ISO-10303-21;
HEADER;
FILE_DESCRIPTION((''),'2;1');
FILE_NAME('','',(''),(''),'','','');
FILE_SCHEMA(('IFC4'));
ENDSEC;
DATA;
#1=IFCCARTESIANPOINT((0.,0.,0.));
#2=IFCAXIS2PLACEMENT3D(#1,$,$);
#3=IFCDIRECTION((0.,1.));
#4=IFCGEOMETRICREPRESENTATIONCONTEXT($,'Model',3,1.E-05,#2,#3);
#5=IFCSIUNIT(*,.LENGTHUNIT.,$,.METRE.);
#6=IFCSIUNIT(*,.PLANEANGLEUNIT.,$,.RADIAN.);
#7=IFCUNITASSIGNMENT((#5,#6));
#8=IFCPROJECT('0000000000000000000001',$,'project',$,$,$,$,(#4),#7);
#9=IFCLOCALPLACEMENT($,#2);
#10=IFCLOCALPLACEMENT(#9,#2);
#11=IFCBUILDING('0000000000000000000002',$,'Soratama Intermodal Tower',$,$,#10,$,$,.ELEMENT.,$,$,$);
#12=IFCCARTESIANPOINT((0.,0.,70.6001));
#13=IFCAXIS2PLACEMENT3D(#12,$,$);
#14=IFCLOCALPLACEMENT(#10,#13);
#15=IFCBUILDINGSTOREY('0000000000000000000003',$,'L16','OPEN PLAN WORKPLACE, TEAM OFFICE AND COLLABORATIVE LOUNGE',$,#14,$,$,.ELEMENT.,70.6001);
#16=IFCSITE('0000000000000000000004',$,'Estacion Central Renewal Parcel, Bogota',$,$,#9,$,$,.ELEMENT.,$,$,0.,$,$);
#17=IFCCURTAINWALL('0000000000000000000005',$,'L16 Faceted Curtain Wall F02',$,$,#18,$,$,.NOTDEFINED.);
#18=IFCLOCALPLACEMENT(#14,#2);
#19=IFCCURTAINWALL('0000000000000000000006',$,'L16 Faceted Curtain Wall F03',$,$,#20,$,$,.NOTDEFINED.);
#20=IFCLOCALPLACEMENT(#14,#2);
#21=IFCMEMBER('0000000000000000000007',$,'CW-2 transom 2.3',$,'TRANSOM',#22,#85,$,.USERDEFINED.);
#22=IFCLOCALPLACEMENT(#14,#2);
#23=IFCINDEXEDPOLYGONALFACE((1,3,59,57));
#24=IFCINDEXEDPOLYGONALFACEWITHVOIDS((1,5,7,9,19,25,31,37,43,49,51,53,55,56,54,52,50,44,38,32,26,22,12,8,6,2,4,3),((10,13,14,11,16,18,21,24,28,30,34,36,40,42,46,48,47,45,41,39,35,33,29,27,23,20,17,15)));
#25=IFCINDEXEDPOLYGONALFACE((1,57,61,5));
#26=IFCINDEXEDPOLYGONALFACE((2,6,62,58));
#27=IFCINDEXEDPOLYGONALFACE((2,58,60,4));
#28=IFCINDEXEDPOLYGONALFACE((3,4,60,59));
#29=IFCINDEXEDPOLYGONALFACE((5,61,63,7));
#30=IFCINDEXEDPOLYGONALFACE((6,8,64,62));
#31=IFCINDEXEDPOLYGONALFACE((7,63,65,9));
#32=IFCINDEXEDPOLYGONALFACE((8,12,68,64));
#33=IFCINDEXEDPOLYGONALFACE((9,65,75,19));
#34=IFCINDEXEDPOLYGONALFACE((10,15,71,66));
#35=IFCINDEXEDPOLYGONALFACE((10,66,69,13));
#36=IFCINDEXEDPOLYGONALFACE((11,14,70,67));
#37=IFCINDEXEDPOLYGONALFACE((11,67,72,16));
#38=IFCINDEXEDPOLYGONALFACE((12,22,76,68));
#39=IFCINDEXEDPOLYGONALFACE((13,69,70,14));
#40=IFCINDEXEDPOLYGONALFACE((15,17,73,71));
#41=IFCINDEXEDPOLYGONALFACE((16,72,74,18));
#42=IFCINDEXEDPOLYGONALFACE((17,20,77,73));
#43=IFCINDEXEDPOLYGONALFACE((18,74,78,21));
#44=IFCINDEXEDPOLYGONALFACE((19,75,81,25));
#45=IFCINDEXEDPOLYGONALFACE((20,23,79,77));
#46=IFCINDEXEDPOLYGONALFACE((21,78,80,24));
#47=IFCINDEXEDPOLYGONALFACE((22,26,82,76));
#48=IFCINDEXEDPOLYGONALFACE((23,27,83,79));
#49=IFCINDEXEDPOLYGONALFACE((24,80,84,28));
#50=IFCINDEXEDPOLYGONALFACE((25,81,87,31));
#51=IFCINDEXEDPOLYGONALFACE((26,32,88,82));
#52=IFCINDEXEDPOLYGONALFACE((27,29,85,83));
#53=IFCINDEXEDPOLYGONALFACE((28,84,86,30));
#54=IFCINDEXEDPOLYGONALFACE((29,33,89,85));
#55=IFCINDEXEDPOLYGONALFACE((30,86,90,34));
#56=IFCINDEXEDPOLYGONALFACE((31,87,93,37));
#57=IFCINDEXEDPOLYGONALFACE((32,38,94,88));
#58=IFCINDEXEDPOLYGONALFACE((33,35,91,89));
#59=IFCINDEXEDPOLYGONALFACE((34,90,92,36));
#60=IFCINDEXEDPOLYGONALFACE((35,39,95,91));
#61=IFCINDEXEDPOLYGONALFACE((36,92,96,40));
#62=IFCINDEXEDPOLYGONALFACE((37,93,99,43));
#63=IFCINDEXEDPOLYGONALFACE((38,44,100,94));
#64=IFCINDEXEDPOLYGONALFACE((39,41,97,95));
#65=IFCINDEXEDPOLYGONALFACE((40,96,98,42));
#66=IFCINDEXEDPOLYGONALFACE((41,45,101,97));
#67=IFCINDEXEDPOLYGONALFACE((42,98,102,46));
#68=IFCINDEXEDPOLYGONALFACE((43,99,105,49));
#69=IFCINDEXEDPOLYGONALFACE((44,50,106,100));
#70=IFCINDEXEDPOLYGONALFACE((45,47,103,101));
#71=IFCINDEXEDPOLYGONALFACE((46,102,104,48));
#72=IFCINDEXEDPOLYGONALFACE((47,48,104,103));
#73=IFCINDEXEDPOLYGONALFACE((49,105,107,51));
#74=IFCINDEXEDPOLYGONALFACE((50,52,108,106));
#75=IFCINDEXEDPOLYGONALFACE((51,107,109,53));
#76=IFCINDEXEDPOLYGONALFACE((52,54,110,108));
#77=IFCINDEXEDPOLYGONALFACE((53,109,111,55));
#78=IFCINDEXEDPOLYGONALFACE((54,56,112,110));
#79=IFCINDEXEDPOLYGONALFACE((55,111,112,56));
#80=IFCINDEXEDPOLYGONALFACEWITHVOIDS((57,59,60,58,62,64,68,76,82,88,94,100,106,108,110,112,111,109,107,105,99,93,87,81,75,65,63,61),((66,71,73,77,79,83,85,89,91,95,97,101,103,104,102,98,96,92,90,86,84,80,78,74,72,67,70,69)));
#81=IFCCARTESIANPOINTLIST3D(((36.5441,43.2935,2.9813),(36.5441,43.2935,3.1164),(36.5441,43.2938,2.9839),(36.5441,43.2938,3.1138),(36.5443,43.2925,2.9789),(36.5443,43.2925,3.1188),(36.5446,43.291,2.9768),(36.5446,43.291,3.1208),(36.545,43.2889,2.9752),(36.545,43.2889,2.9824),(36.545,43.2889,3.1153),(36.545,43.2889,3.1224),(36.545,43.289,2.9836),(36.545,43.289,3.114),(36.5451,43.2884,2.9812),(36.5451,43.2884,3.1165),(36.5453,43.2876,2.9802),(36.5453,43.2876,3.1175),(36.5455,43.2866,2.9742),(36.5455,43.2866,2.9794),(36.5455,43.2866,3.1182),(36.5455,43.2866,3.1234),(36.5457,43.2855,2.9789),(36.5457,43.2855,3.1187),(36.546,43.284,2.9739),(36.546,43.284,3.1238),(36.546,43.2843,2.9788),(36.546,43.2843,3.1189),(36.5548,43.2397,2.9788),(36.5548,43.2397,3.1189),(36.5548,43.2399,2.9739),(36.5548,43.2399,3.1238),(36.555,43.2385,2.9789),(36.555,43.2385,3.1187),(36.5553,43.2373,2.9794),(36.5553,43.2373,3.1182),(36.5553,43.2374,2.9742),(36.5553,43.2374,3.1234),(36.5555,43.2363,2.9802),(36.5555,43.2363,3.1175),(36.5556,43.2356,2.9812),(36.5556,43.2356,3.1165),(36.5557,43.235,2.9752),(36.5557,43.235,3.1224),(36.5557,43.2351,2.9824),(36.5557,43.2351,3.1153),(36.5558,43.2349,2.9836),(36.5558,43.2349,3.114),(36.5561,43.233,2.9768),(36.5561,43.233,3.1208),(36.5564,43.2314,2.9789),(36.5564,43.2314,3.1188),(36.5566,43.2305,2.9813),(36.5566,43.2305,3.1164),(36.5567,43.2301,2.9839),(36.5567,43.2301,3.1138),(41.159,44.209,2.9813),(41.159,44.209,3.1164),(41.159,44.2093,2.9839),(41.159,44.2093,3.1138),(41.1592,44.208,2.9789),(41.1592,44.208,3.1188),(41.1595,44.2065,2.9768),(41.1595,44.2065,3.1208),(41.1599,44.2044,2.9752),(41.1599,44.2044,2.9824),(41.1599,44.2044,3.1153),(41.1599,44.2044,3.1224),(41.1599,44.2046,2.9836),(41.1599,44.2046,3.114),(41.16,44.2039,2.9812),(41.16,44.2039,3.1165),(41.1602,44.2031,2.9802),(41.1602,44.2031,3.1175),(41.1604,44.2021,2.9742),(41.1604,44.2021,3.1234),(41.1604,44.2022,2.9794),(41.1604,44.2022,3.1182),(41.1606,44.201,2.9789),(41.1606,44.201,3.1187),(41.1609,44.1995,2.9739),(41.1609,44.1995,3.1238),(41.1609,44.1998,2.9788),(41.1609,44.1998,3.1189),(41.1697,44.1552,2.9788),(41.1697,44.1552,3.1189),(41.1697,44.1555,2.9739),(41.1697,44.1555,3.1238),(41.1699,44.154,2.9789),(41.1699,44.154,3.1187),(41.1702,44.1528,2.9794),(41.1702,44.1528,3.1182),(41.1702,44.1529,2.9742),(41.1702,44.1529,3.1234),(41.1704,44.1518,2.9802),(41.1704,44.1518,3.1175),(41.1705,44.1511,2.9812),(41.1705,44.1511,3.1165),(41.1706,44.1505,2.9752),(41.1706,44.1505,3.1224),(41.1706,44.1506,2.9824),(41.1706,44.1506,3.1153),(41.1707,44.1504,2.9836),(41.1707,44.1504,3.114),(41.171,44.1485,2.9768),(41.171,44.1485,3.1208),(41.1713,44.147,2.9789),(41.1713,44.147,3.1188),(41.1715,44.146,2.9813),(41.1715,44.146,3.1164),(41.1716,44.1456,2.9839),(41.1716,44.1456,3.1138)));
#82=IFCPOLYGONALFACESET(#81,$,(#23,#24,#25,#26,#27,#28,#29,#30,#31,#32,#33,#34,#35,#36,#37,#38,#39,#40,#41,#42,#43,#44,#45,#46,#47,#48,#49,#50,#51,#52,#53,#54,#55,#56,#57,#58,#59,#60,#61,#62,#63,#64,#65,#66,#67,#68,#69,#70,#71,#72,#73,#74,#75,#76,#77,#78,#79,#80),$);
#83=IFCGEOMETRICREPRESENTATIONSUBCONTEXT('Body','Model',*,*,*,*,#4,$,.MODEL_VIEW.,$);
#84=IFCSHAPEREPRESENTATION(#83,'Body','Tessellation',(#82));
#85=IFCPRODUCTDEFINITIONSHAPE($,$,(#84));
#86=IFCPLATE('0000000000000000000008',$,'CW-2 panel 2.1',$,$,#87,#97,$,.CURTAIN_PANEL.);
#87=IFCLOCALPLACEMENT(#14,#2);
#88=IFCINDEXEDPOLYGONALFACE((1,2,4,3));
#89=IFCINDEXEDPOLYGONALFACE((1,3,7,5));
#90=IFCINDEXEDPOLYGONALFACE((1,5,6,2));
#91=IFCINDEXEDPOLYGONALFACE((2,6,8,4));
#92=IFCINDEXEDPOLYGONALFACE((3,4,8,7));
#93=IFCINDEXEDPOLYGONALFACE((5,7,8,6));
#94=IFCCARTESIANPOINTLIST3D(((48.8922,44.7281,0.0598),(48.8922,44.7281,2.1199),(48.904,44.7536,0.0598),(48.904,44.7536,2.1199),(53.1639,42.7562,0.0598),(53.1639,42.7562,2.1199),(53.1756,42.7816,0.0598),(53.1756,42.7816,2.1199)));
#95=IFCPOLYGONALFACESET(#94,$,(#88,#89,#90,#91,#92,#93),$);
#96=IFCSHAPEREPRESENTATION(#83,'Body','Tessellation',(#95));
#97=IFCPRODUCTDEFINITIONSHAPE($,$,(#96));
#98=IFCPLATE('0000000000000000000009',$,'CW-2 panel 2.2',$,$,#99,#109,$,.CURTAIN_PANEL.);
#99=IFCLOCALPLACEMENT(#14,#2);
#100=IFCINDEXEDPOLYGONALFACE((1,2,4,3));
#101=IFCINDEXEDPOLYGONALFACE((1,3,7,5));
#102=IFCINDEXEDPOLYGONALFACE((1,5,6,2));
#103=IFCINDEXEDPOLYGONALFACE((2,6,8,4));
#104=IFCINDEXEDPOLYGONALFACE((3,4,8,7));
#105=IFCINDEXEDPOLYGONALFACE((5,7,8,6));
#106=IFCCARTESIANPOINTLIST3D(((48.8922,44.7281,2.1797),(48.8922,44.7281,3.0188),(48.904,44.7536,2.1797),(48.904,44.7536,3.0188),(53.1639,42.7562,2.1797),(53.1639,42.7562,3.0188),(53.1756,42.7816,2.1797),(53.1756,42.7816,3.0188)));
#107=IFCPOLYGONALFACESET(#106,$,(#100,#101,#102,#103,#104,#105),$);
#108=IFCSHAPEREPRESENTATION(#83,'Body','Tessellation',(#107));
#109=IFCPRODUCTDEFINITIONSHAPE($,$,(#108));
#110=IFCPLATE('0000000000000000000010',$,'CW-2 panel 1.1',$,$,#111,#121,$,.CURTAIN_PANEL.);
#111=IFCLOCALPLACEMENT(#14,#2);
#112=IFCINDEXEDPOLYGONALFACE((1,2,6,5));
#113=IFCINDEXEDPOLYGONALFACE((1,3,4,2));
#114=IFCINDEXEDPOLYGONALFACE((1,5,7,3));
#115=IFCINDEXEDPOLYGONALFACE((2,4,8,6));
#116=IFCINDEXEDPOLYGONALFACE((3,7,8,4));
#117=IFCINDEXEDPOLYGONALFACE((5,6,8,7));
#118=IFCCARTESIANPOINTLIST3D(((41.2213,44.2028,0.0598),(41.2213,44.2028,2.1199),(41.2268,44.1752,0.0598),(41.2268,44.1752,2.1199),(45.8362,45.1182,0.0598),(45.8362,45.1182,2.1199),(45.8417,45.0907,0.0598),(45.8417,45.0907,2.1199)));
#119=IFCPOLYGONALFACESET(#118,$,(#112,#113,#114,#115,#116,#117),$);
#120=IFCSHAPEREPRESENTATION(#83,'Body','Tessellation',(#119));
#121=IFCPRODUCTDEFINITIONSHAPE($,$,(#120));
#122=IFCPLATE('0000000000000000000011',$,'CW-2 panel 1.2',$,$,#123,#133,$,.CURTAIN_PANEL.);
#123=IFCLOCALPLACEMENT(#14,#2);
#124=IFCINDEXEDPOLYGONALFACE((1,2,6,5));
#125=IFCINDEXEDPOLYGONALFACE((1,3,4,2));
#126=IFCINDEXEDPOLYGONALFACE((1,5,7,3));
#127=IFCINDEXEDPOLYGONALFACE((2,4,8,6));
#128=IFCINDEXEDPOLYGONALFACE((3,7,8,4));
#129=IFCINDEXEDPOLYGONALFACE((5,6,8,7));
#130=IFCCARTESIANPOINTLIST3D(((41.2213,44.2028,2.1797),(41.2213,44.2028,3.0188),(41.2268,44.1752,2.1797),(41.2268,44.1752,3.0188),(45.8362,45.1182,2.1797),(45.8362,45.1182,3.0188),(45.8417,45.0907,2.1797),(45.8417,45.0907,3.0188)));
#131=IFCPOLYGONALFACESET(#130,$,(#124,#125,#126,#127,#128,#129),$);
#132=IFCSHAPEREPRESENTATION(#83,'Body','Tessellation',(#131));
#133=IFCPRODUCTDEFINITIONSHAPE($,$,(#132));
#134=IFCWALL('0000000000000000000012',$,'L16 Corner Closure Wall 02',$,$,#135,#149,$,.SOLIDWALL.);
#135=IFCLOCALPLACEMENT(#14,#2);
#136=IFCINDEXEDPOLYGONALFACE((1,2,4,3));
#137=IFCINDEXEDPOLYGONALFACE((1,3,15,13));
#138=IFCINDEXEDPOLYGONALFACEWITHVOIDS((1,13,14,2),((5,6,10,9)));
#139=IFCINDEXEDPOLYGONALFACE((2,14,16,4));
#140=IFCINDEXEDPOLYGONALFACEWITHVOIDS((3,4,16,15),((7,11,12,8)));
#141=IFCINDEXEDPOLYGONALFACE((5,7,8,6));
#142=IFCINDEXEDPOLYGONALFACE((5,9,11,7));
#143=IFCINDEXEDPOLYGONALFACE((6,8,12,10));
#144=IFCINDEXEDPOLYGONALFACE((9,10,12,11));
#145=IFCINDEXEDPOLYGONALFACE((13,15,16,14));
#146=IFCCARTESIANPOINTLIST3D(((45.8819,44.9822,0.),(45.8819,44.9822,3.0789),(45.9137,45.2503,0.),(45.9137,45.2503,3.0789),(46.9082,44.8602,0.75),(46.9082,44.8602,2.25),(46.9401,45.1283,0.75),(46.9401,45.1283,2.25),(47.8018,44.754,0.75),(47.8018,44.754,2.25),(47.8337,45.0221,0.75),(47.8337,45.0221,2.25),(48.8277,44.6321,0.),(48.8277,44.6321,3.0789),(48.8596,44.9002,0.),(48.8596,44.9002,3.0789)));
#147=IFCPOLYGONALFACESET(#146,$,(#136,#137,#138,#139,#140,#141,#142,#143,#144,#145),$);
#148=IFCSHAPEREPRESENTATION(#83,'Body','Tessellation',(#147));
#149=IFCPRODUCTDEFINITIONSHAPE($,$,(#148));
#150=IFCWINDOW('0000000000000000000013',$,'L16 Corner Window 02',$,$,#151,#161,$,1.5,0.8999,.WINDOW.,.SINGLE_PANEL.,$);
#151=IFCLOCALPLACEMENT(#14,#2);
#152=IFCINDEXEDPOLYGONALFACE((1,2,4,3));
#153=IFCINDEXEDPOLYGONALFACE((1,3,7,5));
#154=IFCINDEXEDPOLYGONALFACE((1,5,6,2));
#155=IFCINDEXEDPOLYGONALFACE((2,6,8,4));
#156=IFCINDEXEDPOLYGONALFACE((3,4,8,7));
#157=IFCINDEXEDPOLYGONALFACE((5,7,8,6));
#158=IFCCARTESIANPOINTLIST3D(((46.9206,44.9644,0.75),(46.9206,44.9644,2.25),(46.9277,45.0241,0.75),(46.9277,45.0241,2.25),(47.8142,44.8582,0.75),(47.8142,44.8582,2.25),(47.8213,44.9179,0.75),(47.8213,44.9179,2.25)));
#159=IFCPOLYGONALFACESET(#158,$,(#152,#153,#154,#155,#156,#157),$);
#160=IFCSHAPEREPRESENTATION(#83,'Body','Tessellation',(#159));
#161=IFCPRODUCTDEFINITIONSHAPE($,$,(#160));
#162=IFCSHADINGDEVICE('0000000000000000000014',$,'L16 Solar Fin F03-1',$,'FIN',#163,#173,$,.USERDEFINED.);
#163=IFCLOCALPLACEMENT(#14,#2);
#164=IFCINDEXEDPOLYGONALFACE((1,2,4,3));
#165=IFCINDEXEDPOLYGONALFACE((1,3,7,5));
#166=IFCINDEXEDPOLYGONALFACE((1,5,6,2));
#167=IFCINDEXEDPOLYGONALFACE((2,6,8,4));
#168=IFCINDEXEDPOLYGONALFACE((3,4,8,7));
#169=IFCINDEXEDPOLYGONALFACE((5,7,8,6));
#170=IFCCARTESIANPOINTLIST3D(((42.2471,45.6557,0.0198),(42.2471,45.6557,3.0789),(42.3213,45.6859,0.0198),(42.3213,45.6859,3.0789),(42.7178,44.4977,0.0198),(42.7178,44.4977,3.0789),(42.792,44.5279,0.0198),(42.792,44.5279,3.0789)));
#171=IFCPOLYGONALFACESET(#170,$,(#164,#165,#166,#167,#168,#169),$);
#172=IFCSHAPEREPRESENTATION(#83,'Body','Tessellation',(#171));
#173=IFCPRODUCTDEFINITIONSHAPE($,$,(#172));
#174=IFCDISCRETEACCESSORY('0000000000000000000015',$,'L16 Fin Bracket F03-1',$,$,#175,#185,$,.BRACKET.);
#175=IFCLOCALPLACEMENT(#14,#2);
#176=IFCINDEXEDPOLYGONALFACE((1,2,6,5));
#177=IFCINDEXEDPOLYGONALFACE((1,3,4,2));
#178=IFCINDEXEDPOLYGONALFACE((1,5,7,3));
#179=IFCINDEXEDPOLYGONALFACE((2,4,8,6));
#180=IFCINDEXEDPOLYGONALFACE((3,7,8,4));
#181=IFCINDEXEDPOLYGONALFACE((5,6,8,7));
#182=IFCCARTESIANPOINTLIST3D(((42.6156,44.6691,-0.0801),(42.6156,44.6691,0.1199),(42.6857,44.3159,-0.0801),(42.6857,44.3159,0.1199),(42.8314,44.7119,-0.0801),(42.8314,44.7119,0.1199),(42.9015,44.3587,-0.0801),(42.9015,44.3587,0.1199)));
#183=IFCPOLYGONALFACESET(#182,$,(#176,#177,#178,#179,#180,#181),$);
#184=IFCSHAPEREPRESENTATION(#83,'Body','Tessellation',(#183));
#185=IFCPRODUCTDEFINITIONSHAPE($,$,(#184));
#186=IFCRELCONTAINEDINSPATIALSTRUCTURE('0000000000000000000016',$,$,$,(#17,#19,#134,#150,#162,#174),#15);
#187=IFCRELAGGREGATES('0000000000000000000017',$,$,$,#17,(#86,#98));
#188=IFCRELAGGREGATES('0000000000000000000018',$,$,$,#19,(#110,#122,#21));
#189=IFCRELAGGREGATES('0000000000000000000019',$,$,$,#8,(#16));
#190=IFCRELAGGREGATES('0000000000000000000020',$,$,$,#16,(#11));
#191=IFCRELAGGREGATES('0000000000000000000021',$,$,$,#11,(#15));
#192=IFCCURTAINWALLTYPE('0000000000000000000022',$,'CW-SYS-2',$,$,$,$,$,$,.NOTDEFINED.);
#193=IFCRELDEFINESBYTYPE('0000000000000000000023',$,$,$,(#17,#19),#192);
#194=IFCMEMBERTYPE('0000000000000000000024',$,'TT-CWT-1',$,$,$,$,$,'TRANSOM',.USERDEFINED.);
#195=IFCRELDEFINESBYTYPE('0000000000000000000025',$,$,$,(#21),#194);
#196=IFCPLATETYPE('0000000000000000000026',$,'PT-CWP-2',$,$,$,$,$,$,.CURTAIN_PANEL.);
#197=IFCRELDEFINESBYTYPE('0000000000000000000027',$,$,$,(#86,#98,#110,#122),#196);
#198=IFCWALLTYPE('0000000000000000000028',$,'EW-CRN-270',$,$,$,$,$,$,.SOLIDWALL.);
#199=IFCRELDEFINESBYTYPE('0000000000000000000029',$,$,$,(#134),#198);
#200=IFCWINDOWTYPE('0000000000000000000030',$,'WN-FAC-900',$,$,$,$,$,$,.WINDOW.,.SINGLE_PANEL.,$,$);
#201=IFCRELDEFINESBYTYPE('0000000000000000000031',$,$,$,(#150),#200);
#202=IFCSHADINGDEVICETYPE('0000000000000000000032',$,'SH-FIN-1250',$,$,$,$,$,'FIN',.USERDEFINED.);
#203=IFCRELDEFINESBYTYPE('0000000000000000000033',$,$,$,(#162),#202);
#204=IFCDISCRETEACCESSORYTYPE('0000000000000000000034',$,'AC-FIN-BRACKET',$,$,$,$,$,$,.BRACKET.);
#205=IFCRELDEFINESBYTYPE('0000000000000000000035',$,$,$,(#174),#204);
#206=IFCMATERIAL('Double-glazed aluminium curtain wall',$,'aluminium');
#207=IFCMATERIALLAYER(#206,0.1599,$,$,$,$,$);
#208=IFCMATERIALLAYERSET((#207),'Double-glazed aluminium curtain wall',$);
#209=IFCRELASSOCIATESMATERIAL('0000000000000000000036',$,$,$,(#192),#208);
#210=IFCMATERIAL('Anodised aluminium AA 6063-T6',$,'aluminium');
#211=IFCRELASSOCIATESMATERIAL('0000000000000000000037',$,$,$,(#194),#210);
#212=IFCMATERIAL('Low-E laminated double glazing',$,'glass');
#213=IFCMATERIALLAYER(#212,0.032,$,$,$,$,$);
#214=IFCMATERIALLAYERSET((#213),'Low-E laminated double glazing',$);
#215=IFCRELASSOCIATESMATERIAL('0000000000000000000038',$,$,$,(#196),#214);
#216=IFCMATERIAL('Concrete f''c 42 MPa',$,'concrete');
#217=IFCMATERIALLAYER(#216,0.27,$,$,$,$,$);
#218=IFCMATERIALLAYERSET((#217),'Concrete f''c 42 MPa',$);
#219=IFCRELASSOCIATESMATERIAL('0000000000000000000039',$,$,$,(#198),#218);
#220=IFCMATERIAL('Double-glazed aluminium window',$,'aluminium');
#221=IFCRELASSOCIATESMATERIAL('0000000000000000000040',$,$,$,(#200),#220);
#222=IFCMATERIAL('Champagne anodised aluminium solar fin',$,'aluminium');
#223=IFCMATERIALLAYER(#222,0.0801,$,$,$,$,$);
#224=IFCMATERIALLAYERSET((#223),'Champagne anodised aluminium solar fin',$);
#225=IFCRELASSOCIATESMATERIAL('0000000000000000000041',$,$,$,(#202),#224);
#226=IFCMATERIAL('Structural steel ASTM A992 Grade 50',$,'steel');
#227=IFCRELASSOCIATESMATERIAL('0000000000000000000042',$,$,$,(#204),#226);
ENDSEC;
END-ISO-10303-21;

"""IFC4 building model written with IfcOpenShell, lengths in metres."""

from ifc_helpers import new_model, si_unit, direction, frame, frame_2d, origin, origin_2d, place, context, subcontext, project, spatial, rectangle, hollow_rectangle, extrude, material, layer, layer_set, material_profile, profile_set, type_object, element, fill, aggregate, save


model = new_model("IFC4")

# Units and contexts
model_context = context("Model", 3, precision=1e-05, world=origin(), true_north=direction((0.0, 1.0)))
body_context = subcontext(model_context, "Body", "Model", "MODEL_VIEW")
ifc_project = project(units=[si_unit("LENGTHUNIT", "METRE"), si_unit("PLANEANGLEUNIT", "RADIAN")], contexts=[model_context])

# Site, building, storey
site_placement = place(None, origin())
site = spatial("IfcSite", under=ifc_project, at=site_placement, Name="Estacion Central Renewal Parcel, Bogota", CompositionType="ELEMENT", RefElevation=0.0)
building_placement = place(site_placement, origin())
building = spatial("IfcBuilding", under=site, at=building_placement, Name="Soratama Intermodal Tower", CompositionType="ELEMENT")
storey_placement = place(building_placement, frame((0.0, 0.0, 70.6001)))
storey = spatial("IfcBuildingStorey", under=building, at=storey_placement, Name="L16", Description="OPEN PLAN WORKPLACE, TEAM OFFICE AND COLLABORATIVE LOUNGE", CompositionType="ELEMENT", Elevation=70.6001)

# Curtain wall
ifc_material_1 = material(Name="Double-glazed aluminium curtain wall", Category="aluminium")
ifc_layer_1 = layer(ifc_material_1, 0.1599)
ifc_layer_set_1 = layer_set([ifc_layer_1], Name="Double-glazed aluminium curtain wall")
curtain_wall_type = type_object("IfcCurtainWallType", Name="CW-SYS-2", PredefinedType="NOTDEFINED", material=ifc_layer_set_1)
curtain_wall_1_placement = place(storey_placement, origin())
curtain_wall_1 = element("IfcCurtainWall", 1, at=curtain_wall_1_placement, inside=storey, type_object=curtain_wall_type, Name="L16 Faceted Curtain Wall F02", PredefinedType="NOTDEFINED")

# Curtain wall, member
curtain_wall_2_placement = place(storey_placement, origin())
curtain_wall_2 = element("IfcCurtainWall", 2, at=curtain_wall_2_placement, inside=storey, type_object=curtain_wall_type, Name="L16 Faceted Curtain Wall F03", PredefinedType="NOTDEFINED")
ifc_material_2 = material(Name="Anodised aluminium AA 6063-T6", Category="aluminium")
ifc_material_profile_1 = material_profile(ifc_material_2, hollow_rectangle(XDim=0.0649, YDim=0.1499, WallThickness=0.0049, InnerFilletRadius=0.0049, OuterFilletRadius=0.01, at=origin_2d()), Name="CWT150X65X5")
ifc_profile_set_1 = profile_set([ifc_material_profile_1], Name="Anodised aluminium AA 6063-T6")
member_type_1 = type_object("IfcMemberType", Name="TT-CWT-1", ElementType="TRANSOM", PredefinedType="USERDEFINED", material=ifc_profile_set_1)
member_1_placement = place(storey_placement, frame((41.1653, 44.1775, 3.0488), z_axis=(-0.980885, -0.194589, 0.0), x_axis=(0.194589, -0.980885, 0.0)))
member_1 = element("IfcMember", 3, at=member_1_placement, type_object=member_type_1, Name="CW-2 transom 2.3", ObjectType="TRANSOM", PredefinedType="USERDEFINED", context=body_context, shape_type="SweptSolid", body=[
    extrude(hollow_rectangle(XDim=0.0649, YDim=0.1499, WallThickness=0.0049, InnerFilletRadius=0.0049, OuterFilletRadius=0.01, at=origin_2d()), origin(), (0.0, 0.0, 1.0), 4.7048),
])

# Plates
ifc_material_3 = material(Name="Low-E laminated double glazing", Category="glass")
ifc_layer_2 = layer(ifc_material_3, 0.032)
ifc_layer_set_2 = layer_set([ifc_layer_2], Name="Low-E laminated double glazing")
plate_type = type_object("IfcPlateType", Name="PT-CWP-2", PredefinedType="CURTAIN_PANEL", material=ifc_layer_set_2)
plate_1_placement = place(storey_placement, frame((51.0339, 43.7549, 0.0598), z_axis=(0.0, 0.0, 1.0), x_axis=(-0.907923, 0.419138, 0.0)))
plate_1 = element("IfcPlate", 4, at=plate_1_placement, type_object=plate_type, Name="CW-2 panel 2.1", PredefinedType="CURTAIN_PANEL", context=body_context, shape_type="SweptSolid", body=[
    extrude(rectangle(XDim=4.7048, YDim=0.0281, at=origin_2d()), origin(), (0.0, 0.0, 1.0), 2.0601),
])
plate_2_placement = place(storey_placement, frame((51.0339, 43.7549, 2.1797), z_axis=(0.0, 0.0, 1.0), x_axis=(-0.907923, 0.419138, 0.0)))
plate_2 = element("IfcPlate", 5, at=plate_2_placement, type_object=plate_type, Name="CW-2 panel 2.2", PredefinedType="CURTAIN_PANEL", context=body_context, shape_type="SweptSolid", body=[
    extrude(rectangle(XDim=4.7048, YDim=0.0281, at=origin_2d()), origin(), (0.0, 0.0, 1.0), 0.8391),
])
aggregate(curtain_wall_1, [plate_1, plate_2])
plate_3_placement = place(storey_placement, frame((43.5315, 44.6467, 0.0598), z_axis=(0.0, 0.0, 1.0), x_axis=(-0.980888, -0.194572, 0.0)))
plate_3 = element("IfcPlate", 6, at=plate_3_placement, type_object=plate_type, Name="CW-2 panel 1.1", PredefinedType="CURTAIN_PANEL", context=body_context, shape_type="SweptSolid", body=[
    extrude(rectangle(XDim=4.7048, YDim=0.0281, at=origin_2d()), origin(), (0.0, 0.0, 1.0), 2.0601),
])
plate_4_placement = place(storey_placement, frame((43.5315, 44.6467, 2.1797), z_axis=(0.0, 0.0, 1.0), x_axis=(-0.980888, -0.194572, 0.0)))
plate_4 = element("IfcPlate", 7, at=plate_4_placement, type_object=plate_type, Name="CW-2 panel 1.2", PredefinedType="CURTAIN_PANEL", context=body_context, shape_type="SweptSolid", body=[
    extrude(rectangle(XDim=4.7048, YDim=0.0281, at=origin_2d()), origin(), (0.0, 0.0, 1.0), 0.8391),
])
aggregate(curtain_wall_2, [plate_3, plate_4, member_1])

# Wall, opening, window
ifc_material_4 = material(Name="Concrete f'c 42 MPa", Category="concrete")
ifc_layer_3 = layer(ifc_material_4, 0.27)
ifc_layer_set_3 = layer_set([ifc_layer_3], Name="Concrete f'c 42 MPa")
wall_type = type_object("IfcWallType", Name="EW-CRN-270", PredefinedType="SOLIDWALL", material=ifc_layer_set_3)
wall_placement = place(storey_placement, frame((48.8438, 44.7661, 0.0), z_axis=(0.0, 0.0, 1.0), x_axis=(-0.993012, 0.118016, 0.0)))
wall = element("IfcWall", 8, at=wall_placement, inside=storey, type_object=wall_type, Name="L16 Corner Closure Wall 02", PredefinedType="SOLIDWALL", context=body_context, shape_type="SweptSolid", body=[
    extrude(rectangle(XDim=2.9666, YDim=0.27, at=frame_2d((1.4834, 0.0))), origin(), (0.0, 0.0, 1.0), 3.0789),
])
opening_placement = place(wall_placement, frame((1.0332, 0.0, 0.75)))
opening = element("IfcOpeningElement", 9, at=opening_placement, cuts=wall, PredefinedType="OPENING", context=body_context, shape_type="SweptSolid", body=[
    extrude(rectangle(XDim=0.8999, YDim=1.5, at=frame_2d((0.45, 0.75))), frame((0.0, 0.145, 0.0), z_axis=(0.0, -1.0, 0.0), x_axis=(1.0, 0.0, 0.0)), (0.0, 0.0, 1.0), 0.29),
])
ifc_material_5 = material(Name="Double-glazed aluminium window", Category="aluminium")
window_type = type_object("IfcWindowType", Name="WN-FAC-900", PartitioningType="SINGLE_PANEL", PredefinedType="WINDOW", material=ifc_material_5)
window_placement = place(opening_placement, origin())
window = element("IfcWindow", 10, at=window_placement, inside=storey, type_object=window_type, Name="L16 Corner Window 02", OverallHeight=1.5, OverallWidth=0.8999, PartitioningType="SINGLE_PANEL", PredefinedType="WINDOW", context=body_context, shape_type="SweptSolid", body=[
    extrude(rectangle(XDim=0.8999, YDim=1.5, at=frame_2d((0.45, 0.75))), frame((0.0, 0.03, 0.0), z_axis=(0.0, -1.0, 0.0), x_axis=(1.0, 0.0, 0.0)), (0.0, 0.0, 1.0), 0.0601),
])
fill(opening, window)

# Shading device
ifc_material_6 = material(Name="Champagne anodised aluminium solar fin", Category="aluminium")
ifc_layer_4 = layer(ifc_material_6, 0.0801)
ifc_layer_set_4 = layer_set([ifc_layer_4], Name="Champagne anodised aluminium solar fin")
shading_device_type = type_object("IfcShadingDeviceType", Name="SH-FIN-1250", ElementType="FIN", PredefinedType="USERDEFINED", material=ifc_layer_set_4)
shading_device_placement = place(storey_placement, frame((42.5195, 45.0918, 0.0198), z_axis=(0.0, 0.0, 1.0), x_axis=(-0.376548, 0.926397, 0.0)))
element("IfcShadingDevice", 11, at=shading_device_placement, inside=storey, type_object=shading_device_type, Name="L16 Solar Fin F03-1", ObjectType="FIN", PredefinedType="USERDEFINED", context=body_context, shape_type="SweptSolid", body=[
    extrude(rectangle(XDim=1.25, YDim=0.0801, at=origin_2d()), origin(), (0.0, 0.0, 1.0), 3.0591),
])

# Discrete accessory
ifc_material_7 = material(Name="Structural steel ASTM A992 Grade 50", Category="steel")
discrete_accessory_type = type_object("IfcDiscreteAccessoryType", Name="AC-FIN-BRACKET", PredefinedType="BRACKET", material=ifc_material_7)
for number, where, z_axis, x_axis, name in (
    (12, (42.7585, 44.5139, -0.0801), (0.0, 0.0, 1.0), (-0.194577, 0.980887, 0.0), "L16 Fin Bracket F03-1"),
):
    element("IfcDiscreteAccessory", number, at=place(storey_placement, frame(where, z_axis=z_axis, x_axis=x_axis)), inside=storey, type_object=discrete_accessory_type, Name=name, PredefinedType="BRACKET", context=body_context, shape_type="SweptSolid", body=[
        extrude(rectangle(XDim=0.3601, YDim=0.22, at=origin_2d()), origin(), (0.0, 0.0, 1.0), 0.2),
    ])

save(model, "model.ifc")
